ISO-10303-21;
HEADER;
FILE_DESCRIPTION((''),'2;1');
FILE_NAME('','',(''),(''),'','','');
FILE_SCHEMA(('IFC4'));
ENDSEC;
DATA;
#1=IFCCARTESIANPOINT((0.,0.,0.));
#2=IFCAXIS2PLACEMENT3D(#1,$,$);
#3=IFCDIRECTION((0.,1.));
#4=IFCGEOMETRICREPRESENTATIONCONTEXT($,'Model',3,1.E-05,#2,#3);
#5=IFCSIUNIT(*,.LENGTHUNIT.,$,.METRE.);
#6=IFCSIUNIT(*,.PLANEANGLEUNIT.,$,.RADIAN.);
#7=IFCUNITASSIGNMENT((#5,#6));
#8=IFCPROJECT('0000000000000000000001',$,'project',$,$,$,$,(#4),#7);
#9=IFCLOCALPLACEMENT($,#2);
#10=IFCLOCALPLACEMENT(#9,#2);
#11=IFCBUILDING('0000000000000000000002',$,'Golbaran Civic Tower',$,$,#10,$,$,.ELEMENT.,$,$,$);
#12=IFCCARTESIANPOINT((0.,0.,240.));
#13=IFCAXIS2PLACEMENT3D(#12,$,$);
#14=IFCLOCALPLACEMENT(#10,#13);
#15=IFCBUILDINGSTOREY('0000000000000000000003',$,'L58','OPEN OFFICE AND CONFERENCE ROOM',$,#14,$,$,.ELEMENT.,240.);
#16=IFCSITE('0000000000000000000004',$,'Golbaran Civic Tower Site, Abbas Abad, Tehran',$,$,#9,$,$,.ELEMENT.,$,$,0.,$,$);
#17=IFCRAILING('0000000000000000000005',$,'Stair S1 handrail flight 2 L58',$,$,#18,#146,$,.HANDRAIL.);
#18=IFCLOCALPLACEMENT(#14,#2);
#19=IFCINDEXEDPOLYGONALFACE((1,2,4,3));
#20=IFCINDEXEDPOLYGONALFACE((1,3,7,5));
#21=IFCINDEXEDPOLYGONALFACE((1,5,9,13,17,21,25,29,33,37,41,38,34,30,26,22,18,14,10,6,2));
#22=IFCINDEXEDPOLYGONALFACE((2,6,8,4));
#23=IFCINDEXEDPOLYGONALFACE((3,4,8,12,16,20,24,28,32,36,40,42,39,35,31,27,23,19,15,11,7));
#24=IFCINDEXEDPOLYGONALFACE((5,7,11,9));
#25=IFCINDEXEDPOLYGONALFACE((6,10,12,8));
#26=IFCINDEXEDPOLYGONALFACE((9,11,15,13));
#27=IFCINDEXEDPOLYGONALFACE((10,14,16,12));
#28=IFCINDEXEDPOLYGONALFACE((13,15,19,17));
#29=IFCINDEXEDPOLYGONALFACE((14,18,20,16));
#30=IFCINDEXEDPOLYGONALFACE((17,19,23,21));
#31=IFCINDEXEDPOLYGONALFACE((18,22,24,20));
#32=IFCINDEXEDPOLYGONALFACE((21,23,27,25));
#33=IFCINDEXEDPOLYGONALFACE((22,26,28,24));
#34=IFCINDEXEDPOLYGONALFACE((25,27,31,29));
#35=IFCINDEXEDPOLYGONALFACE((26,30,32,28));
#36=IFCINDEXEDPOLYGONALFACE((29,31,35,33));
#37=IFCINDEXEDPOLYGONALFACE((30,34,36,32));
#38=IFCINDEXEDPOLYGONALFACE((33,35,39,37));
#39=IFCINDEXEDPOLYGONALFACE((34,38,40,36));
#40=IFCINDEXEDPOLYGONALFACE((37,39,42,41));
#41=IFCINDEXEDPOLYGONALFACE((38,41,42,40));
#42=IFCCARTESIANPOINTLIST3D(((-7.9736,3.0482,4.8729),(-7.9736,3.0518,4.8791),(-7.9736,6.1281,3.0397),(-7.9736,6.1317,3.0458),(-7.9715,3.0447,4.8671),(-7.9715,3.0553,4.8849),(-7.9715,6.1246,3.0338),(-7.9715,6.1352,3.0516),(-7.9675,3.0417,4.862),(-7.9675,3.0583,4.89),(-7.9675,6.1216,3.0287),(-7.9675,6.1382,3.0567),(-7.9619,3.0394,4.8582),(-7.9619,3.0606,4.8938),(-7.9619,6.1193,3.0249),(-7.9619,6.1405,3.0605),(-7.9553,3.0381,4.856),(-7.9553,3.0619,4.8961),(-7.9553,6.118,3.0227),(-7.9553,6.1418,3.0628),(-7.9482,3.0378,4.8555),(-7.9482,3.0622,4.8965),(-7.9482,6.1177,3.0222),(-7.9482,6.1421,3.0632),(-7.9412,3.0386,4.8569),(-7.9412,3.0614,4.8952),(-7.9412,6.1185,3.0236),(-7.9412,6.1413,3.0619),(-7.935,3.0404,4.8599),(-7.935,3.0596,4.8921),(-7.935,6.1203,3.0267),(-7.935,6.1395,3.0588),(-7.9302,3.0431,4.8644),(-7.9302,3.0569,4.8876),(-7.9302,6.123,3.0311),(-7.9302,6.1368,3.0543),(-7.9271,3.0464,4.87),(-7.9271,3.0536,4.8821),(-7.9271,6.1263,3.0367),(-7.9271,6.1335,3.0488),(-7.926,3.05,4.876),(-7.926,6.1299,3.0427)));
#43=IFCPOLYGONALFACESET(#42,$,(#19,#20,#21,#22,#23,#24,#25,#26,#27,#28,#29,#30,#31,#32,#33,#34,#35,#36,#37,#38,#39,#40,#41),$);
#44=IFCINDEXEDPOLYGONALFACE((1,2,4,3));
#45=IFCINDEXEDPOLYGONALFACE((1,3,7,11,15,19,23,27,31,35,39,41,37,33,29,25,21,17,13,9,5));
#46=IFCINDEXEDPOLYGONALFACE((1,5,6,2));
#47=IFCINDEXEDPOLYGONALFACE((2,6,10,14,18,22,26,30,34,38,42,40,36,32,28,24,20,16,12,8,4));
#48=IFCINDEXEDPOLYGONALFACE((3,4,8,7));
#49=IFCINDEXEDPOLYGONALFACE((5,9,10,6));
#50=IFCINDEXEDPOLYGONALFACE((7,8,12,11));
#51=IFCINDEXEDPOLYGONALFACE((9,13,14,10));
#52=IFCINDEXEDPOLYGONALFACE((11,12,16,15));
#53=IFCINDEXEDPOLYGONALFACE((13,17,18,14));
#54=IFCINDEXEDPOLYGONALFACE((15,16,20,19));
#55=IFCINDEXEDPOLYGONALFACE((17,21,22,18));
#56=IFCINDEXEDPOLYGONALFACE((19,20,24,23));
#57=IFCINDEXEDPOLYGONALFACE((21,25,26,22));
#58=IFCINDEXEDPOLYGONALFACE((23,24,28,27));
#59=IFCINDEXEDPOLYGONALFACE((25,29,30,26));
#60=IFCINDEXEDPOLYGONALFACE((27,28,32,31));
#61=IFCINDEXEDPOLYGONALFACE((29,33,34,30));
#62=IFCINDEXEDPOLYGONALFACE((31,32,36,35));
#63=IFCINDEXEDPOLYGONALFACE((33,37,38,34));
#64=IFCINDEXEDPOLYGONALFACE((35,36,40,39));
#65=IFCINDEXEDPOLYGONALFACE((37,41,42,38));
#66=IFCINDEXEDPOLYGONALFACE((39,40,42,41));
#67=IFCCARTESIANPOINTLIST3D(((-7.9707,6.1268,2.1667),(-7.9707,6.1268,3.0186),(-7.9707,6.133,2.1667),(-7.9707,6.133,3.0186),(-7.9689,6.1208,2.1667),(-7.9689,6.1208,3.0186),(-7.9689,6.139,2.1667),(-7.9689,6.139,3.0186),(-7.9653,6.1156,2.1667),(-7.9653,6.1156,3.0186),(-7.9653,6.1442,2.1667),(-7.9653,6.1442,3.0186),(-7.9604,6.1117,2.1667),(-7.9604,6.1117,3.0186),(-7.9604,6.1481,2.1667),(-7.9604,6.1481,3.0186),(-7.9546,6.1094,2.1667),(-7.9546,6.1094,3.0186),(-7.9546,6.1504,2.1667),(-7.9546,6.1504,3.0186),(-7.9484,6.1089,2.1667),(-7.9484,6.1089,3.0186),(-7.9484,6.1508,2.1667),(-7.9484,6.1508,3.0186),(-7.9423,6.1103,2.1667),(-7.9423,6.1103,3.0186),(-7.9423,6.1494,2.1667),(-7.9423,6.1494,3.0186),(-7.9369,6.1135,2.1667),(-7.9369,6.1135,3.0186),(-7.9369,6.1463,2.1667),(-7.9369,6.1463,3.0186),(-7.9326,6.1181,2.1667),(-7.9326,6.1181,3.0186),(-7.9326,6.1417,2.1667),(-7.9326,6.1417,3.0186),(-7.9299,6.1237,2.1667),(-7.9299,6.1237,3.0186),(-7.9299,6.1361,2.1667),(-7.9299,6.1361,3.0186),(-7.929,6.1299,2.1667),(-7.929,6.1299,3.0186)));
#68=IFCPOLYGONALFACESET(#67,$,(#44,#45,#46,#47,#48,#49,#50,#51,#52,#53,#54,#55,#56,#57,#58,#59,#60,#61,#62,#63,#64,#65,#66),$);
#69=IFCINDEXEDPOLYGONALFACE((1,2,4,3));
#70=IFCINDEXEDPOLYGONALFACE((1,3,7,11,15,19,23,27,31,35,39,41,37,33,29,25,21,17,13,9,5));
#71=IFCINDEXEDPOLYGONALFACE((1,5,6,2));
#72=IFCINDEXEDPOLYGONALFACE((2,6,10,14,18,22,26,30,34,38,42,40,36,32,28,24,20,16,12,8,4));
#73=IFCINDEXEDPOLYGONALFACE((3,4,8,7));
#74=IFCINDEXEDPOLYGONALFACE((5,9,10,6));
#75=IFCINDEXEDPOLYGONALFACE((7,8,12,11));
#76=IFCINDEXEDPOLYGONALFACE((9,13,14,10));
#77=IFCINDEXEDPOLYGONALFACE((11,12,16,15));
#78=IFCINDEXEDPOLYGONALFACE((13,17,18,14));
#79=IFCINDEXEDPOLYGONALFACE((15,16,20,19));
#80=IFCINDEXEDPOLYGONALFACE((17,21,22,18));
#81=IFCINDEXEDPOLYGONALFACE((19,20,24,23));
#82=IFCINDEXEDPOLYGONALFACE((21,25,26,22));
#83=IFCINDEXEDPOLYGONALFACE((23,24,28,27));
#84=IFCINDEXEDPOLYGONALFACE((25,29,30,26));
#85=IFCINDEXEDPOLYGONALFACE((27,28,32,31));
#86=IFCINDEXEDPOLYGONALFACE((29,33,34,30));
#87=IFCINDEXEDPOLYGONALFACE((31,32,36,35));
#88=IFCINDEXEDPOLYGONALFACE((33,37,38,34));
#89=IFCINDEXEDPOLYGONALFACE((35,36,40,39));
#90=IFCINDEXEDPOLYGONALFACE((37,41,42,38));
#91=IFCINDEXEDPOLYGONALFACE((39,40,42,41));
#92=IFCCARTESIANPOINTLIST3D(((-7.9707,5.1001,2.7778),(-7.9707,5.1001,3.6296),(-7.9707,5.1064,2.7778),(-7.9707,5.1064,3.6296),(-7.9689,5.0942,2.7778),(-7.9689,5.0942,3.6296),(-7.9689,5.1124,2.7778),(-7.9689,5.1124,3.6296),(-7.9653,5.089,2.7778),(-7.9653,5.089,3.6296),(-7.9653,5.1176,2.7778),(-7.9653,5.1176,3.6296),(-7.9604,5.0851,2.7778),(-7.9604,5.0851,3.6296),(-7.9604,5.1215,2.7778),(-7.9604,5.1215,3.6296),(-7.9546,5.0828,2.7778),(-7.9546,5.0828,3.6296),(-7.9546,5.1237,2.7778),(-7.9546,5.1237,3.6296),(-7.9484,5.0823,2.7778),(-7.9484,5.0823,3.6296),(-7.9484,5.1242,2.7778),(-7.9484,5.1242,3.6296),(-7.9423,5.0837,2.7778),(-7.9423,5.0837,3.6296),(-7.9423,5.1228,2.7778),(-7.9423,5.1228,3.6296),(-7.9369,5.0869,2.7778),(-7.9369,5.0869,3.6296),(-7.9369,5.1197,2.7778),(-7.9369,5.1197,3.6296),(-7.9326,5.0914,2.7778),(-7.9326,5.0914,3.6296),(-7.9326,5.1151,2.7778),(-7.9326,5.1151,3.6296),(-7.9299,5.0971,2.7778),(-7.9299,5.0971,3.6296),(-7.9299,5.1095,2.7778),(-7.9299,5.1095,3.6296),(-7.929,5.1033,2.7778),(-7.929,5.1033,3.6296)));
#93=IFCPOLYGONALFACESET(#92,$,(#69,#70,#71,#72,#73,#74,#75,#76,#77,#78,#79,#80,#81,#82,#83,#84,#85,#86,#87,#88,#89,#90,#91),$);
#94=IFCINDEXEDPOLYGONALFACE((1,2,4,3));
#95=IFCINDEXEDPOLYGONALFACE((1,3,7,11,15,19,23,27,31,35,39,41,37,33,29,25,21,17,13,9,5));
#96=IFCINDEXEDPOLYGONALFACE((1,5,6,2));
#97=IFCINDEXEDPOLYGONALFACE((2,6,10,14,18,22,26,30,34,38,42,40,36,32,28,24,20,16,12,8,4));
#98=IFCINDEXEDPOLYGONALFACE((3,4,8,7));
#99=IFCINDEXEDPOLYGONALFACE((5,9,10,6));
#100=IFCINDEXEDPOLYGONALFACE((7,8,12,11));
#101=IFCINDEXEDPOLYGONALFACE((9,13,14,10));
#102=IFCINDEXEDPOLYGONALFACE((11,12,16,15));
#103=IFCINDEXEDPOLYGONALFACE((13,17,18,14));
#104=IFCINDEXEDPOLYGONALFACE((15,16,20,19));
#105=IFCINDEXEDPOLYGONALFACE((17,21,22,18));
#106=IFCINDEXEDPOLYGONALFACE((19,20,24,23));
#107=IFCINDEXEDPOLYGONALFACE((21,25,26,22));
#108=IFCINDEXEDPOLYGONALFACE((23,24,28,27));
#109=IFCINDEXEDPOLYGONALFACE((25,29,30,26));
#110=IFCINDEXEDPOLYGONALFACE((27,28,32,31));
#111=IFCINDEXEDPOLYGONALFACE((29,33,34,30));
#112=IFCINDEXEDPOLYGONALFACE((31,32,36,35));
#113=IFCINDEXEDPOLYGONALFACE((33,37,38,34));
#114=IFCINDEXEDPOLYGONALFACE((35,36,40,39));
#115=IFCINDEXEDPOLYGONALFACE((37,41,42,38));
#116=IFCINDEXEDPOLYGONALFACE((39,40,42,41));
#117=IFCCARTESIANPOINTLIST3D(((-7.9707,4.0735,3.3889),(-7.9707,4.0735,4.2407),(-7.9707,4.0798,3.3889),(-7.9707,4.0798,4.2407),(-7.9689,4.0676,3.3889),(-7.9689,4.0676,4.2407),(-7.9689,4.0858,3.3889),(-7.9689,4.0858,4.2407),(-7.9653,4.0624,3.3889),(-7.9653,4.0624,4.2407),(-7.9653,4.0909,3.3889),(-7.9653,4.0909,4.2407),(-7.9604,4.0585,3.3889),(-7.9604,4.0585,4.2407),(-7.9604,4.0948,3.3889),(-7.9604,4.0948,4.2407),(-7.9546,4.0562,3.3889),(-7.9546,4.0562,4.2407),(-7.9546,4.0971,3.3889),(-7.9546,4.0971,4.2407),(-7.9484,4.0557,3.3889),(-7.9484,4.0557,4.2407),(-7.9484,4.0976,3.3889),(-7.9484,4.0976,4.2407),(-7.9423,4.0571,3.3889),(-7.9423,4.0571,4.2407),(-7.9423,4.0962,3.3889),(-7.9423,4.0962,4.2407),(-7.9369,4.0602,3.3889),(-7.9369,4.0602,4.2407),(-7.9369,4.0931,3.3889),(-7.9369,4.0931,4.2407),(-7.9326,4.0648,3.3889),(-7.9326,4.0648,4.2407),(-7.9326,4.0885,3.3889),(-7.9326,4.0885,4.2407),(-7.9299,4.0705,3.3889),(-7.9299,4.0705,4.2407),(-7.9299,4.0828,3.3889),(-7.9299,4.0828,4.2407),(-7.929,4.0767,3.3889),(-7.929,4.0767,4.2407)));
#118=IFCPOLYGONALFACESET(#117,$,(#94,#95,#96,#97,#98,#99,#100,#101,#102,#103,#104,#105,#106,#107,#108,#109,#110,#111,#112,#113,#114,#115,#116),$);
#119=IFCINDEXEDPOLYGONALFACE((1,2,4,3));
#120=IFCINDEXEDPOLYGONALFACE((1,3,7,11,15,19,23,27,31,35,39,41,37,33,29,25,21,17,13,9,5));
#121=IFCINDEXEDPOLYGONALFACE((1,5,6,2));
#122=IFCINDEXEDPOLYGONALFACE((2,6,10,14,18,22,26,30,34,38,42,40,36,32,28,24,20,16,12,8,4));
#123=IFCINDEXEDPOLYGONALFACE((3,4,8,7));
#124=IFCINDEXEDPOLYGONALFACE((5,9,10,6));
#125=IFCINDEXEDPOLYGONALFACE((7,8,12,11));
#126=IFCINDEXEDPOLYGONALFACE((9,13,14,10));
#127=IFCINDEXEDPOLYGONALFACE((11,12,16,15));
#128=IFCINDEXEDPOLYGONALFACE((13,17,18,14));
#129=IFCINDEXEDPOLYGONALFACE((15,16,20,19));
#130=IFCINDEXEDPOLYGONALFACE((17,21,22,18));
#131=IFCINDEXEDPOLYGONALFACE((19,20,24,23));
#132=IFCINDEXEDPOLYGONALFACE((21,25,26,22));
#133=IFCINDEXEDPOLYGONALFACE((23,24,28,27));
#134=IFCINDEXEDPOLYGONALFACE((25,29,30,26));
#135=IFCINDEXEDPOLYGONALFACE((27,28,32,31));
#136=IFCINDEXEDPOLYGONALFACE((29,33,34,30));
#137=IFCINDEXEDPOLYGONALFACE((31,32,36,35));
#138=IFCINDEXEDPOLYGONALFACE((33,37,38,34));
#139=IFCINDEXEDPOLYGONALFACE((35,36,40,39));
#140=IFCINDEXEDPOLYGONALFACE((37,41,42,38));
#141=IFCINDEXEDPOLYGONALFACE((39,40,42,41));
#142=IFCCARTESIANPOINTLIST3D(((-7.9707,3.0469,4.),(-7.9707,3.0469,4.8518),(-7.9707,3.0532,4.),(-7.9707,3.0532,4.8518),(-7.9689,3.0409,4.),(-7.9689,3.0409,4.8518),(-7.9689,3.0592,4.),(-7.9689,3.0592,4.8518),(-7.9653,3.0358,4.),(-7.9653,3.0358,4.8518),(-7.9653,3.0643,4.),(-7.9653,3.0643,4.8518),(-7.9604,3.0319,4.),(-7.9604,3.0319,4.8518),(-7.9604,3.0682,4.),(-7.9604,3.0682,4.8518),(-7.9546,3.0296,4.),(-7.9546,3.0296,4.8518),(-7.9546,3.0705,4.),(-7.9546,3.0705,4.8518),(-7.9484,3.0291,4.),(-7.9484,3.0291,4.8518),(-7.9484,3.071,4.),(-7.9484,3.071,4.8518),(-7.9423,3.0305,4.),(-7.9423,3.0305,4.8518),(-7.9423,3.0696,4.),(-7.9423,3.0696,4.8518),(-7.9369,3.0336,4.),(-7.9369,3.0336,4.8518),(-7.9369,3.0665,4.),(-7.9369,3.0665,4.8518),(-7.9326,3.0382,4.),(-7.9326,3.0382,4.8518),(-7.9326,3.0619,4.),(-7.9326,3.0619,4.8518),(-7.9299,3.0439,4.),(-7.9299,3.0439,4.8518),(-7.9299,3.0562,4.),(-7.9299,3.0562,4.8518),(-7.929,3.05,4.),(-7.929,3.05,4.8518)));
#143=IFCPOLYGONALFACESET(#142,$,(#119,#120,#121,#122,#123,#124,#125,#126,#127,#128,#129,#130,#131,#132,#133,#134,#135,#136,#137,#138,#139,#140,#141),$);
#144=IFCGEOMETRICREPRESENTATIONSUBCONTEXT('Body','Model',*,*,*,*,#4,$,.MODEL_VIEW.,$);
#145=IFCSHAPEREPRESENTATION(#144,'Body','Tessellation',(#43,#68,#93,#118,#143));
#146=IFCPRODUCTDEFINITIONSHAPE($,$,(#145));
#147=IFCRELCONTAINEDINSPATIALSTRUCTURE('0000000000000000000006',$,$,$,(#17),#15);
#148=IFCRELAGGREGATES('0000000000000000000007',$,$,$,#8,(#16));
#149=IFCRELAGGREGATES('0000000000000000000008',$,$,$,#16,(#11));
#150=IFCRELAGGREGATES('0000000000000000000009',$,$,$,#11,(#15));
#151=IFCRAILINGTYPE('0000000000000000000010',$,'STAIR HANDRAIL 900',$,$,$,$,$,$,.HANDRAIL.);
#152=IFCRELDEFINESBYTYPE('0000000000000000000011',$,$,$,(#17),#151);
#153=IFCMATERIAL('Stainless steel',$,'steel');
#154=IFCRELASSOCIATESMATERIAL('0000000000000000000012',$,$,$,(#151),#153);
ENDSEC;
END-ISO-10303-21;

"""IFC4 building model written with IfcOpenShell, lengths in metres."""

from ifc_helpers import new_model, si_unit, direction, frame, origin, origin_2d, place, context, subcontext, project, spatial, circle, extrude, material, type_object, element, save


model = new_model("IFC4")

# Units and contexts
model_context = context("Model", 3, precision=1e-05, world=origin(), true_north=direction((0.0, 1.0)))
body_context = subcontext(model_context, "Body", "Model", "MODEL_VIEW")
ifc_project = project(units=[si_unit("LENGTHUNIT", "METRE"), si_unit("PLANEANGLEUNIT", "RADIAN")], contexts=[model_context])

# Site, building, storey
site_placement = place(None, origin())
site = spatial("IfcSite", under=ifc_project, at=site_placement, Name="Golbaran Civic Tower Site, Abbas Abad, Tehran", CompositionType="ELEMENT", RefElevation=0.0)
building_placement = place(site_placement, origin())
building = spatial("IfcBuilding", under=site, at=building_placement, Name="Golbaran Civic Tower", CompositionType="ELEMENT")
storey_placement = place(building_placement, frame((0.0, 0.0, 240.0)))
storey = spatial("IfcBuildingStorey", under=building, at=storey_placement, Name="L58", Description="OPEN OFFICE AND CONFERENCE ROOM", CompositionType="ELEMENT", Elevation=240.0)

# Shared definitions
ifc_material_1 = material(Name="Stainless steel", Category="steel")

# Railing
railing_type = type_object("IfcRailingType", Name="STAIR HANDRAIL 900", PredefinedType="HANDRAIL", material=ifc_material_1)
railing_1_placement = place(storey_placement, frame((-7.95, 6.1299, 2.1667)))
element("IfcRailing", 1, at=railing_1_placement, inside=storey, type_object=railing_type, Name="Stair S1 handrail flight 2 L58", PredefinedType="HANDRAIL", context=body_context, shape_type="SweptSolid", body=[
    extrude(circle(Radius=0.0239, at=origin_2d()), frame((0.0, 0.0, 0.876), z_axis=(0.0, -0.859291, 0.511487), x_axis=(1.0, 0.0, 0.0)), (0.0, 0.0, 1.0), 3.5842),
    extrude(circle(Radius=0.021, at=origin_2d()), origin(), (0.0, 0.0, 1.0), 0.8518),
    extrude(circle(Radius=0.021, at=origin_2d()), frame((0.0, -1.0266, 0.6111)), (0.0, 0.0, 1.0), 0.8518),
    extrude(circle(Radius=0.021, at=origin_2d()), frame((0.0, -2.0532, 1.2222)), (0.0, 0.0, 1.0), 0.8518),
    extrude(circle(Radius=0.021, at=origin_2d()), frame((0.0, -3.0798, 1.8333)), (0.0, 0.0, 1.0), 0.8518),
])

save(model, "model.ifc")
